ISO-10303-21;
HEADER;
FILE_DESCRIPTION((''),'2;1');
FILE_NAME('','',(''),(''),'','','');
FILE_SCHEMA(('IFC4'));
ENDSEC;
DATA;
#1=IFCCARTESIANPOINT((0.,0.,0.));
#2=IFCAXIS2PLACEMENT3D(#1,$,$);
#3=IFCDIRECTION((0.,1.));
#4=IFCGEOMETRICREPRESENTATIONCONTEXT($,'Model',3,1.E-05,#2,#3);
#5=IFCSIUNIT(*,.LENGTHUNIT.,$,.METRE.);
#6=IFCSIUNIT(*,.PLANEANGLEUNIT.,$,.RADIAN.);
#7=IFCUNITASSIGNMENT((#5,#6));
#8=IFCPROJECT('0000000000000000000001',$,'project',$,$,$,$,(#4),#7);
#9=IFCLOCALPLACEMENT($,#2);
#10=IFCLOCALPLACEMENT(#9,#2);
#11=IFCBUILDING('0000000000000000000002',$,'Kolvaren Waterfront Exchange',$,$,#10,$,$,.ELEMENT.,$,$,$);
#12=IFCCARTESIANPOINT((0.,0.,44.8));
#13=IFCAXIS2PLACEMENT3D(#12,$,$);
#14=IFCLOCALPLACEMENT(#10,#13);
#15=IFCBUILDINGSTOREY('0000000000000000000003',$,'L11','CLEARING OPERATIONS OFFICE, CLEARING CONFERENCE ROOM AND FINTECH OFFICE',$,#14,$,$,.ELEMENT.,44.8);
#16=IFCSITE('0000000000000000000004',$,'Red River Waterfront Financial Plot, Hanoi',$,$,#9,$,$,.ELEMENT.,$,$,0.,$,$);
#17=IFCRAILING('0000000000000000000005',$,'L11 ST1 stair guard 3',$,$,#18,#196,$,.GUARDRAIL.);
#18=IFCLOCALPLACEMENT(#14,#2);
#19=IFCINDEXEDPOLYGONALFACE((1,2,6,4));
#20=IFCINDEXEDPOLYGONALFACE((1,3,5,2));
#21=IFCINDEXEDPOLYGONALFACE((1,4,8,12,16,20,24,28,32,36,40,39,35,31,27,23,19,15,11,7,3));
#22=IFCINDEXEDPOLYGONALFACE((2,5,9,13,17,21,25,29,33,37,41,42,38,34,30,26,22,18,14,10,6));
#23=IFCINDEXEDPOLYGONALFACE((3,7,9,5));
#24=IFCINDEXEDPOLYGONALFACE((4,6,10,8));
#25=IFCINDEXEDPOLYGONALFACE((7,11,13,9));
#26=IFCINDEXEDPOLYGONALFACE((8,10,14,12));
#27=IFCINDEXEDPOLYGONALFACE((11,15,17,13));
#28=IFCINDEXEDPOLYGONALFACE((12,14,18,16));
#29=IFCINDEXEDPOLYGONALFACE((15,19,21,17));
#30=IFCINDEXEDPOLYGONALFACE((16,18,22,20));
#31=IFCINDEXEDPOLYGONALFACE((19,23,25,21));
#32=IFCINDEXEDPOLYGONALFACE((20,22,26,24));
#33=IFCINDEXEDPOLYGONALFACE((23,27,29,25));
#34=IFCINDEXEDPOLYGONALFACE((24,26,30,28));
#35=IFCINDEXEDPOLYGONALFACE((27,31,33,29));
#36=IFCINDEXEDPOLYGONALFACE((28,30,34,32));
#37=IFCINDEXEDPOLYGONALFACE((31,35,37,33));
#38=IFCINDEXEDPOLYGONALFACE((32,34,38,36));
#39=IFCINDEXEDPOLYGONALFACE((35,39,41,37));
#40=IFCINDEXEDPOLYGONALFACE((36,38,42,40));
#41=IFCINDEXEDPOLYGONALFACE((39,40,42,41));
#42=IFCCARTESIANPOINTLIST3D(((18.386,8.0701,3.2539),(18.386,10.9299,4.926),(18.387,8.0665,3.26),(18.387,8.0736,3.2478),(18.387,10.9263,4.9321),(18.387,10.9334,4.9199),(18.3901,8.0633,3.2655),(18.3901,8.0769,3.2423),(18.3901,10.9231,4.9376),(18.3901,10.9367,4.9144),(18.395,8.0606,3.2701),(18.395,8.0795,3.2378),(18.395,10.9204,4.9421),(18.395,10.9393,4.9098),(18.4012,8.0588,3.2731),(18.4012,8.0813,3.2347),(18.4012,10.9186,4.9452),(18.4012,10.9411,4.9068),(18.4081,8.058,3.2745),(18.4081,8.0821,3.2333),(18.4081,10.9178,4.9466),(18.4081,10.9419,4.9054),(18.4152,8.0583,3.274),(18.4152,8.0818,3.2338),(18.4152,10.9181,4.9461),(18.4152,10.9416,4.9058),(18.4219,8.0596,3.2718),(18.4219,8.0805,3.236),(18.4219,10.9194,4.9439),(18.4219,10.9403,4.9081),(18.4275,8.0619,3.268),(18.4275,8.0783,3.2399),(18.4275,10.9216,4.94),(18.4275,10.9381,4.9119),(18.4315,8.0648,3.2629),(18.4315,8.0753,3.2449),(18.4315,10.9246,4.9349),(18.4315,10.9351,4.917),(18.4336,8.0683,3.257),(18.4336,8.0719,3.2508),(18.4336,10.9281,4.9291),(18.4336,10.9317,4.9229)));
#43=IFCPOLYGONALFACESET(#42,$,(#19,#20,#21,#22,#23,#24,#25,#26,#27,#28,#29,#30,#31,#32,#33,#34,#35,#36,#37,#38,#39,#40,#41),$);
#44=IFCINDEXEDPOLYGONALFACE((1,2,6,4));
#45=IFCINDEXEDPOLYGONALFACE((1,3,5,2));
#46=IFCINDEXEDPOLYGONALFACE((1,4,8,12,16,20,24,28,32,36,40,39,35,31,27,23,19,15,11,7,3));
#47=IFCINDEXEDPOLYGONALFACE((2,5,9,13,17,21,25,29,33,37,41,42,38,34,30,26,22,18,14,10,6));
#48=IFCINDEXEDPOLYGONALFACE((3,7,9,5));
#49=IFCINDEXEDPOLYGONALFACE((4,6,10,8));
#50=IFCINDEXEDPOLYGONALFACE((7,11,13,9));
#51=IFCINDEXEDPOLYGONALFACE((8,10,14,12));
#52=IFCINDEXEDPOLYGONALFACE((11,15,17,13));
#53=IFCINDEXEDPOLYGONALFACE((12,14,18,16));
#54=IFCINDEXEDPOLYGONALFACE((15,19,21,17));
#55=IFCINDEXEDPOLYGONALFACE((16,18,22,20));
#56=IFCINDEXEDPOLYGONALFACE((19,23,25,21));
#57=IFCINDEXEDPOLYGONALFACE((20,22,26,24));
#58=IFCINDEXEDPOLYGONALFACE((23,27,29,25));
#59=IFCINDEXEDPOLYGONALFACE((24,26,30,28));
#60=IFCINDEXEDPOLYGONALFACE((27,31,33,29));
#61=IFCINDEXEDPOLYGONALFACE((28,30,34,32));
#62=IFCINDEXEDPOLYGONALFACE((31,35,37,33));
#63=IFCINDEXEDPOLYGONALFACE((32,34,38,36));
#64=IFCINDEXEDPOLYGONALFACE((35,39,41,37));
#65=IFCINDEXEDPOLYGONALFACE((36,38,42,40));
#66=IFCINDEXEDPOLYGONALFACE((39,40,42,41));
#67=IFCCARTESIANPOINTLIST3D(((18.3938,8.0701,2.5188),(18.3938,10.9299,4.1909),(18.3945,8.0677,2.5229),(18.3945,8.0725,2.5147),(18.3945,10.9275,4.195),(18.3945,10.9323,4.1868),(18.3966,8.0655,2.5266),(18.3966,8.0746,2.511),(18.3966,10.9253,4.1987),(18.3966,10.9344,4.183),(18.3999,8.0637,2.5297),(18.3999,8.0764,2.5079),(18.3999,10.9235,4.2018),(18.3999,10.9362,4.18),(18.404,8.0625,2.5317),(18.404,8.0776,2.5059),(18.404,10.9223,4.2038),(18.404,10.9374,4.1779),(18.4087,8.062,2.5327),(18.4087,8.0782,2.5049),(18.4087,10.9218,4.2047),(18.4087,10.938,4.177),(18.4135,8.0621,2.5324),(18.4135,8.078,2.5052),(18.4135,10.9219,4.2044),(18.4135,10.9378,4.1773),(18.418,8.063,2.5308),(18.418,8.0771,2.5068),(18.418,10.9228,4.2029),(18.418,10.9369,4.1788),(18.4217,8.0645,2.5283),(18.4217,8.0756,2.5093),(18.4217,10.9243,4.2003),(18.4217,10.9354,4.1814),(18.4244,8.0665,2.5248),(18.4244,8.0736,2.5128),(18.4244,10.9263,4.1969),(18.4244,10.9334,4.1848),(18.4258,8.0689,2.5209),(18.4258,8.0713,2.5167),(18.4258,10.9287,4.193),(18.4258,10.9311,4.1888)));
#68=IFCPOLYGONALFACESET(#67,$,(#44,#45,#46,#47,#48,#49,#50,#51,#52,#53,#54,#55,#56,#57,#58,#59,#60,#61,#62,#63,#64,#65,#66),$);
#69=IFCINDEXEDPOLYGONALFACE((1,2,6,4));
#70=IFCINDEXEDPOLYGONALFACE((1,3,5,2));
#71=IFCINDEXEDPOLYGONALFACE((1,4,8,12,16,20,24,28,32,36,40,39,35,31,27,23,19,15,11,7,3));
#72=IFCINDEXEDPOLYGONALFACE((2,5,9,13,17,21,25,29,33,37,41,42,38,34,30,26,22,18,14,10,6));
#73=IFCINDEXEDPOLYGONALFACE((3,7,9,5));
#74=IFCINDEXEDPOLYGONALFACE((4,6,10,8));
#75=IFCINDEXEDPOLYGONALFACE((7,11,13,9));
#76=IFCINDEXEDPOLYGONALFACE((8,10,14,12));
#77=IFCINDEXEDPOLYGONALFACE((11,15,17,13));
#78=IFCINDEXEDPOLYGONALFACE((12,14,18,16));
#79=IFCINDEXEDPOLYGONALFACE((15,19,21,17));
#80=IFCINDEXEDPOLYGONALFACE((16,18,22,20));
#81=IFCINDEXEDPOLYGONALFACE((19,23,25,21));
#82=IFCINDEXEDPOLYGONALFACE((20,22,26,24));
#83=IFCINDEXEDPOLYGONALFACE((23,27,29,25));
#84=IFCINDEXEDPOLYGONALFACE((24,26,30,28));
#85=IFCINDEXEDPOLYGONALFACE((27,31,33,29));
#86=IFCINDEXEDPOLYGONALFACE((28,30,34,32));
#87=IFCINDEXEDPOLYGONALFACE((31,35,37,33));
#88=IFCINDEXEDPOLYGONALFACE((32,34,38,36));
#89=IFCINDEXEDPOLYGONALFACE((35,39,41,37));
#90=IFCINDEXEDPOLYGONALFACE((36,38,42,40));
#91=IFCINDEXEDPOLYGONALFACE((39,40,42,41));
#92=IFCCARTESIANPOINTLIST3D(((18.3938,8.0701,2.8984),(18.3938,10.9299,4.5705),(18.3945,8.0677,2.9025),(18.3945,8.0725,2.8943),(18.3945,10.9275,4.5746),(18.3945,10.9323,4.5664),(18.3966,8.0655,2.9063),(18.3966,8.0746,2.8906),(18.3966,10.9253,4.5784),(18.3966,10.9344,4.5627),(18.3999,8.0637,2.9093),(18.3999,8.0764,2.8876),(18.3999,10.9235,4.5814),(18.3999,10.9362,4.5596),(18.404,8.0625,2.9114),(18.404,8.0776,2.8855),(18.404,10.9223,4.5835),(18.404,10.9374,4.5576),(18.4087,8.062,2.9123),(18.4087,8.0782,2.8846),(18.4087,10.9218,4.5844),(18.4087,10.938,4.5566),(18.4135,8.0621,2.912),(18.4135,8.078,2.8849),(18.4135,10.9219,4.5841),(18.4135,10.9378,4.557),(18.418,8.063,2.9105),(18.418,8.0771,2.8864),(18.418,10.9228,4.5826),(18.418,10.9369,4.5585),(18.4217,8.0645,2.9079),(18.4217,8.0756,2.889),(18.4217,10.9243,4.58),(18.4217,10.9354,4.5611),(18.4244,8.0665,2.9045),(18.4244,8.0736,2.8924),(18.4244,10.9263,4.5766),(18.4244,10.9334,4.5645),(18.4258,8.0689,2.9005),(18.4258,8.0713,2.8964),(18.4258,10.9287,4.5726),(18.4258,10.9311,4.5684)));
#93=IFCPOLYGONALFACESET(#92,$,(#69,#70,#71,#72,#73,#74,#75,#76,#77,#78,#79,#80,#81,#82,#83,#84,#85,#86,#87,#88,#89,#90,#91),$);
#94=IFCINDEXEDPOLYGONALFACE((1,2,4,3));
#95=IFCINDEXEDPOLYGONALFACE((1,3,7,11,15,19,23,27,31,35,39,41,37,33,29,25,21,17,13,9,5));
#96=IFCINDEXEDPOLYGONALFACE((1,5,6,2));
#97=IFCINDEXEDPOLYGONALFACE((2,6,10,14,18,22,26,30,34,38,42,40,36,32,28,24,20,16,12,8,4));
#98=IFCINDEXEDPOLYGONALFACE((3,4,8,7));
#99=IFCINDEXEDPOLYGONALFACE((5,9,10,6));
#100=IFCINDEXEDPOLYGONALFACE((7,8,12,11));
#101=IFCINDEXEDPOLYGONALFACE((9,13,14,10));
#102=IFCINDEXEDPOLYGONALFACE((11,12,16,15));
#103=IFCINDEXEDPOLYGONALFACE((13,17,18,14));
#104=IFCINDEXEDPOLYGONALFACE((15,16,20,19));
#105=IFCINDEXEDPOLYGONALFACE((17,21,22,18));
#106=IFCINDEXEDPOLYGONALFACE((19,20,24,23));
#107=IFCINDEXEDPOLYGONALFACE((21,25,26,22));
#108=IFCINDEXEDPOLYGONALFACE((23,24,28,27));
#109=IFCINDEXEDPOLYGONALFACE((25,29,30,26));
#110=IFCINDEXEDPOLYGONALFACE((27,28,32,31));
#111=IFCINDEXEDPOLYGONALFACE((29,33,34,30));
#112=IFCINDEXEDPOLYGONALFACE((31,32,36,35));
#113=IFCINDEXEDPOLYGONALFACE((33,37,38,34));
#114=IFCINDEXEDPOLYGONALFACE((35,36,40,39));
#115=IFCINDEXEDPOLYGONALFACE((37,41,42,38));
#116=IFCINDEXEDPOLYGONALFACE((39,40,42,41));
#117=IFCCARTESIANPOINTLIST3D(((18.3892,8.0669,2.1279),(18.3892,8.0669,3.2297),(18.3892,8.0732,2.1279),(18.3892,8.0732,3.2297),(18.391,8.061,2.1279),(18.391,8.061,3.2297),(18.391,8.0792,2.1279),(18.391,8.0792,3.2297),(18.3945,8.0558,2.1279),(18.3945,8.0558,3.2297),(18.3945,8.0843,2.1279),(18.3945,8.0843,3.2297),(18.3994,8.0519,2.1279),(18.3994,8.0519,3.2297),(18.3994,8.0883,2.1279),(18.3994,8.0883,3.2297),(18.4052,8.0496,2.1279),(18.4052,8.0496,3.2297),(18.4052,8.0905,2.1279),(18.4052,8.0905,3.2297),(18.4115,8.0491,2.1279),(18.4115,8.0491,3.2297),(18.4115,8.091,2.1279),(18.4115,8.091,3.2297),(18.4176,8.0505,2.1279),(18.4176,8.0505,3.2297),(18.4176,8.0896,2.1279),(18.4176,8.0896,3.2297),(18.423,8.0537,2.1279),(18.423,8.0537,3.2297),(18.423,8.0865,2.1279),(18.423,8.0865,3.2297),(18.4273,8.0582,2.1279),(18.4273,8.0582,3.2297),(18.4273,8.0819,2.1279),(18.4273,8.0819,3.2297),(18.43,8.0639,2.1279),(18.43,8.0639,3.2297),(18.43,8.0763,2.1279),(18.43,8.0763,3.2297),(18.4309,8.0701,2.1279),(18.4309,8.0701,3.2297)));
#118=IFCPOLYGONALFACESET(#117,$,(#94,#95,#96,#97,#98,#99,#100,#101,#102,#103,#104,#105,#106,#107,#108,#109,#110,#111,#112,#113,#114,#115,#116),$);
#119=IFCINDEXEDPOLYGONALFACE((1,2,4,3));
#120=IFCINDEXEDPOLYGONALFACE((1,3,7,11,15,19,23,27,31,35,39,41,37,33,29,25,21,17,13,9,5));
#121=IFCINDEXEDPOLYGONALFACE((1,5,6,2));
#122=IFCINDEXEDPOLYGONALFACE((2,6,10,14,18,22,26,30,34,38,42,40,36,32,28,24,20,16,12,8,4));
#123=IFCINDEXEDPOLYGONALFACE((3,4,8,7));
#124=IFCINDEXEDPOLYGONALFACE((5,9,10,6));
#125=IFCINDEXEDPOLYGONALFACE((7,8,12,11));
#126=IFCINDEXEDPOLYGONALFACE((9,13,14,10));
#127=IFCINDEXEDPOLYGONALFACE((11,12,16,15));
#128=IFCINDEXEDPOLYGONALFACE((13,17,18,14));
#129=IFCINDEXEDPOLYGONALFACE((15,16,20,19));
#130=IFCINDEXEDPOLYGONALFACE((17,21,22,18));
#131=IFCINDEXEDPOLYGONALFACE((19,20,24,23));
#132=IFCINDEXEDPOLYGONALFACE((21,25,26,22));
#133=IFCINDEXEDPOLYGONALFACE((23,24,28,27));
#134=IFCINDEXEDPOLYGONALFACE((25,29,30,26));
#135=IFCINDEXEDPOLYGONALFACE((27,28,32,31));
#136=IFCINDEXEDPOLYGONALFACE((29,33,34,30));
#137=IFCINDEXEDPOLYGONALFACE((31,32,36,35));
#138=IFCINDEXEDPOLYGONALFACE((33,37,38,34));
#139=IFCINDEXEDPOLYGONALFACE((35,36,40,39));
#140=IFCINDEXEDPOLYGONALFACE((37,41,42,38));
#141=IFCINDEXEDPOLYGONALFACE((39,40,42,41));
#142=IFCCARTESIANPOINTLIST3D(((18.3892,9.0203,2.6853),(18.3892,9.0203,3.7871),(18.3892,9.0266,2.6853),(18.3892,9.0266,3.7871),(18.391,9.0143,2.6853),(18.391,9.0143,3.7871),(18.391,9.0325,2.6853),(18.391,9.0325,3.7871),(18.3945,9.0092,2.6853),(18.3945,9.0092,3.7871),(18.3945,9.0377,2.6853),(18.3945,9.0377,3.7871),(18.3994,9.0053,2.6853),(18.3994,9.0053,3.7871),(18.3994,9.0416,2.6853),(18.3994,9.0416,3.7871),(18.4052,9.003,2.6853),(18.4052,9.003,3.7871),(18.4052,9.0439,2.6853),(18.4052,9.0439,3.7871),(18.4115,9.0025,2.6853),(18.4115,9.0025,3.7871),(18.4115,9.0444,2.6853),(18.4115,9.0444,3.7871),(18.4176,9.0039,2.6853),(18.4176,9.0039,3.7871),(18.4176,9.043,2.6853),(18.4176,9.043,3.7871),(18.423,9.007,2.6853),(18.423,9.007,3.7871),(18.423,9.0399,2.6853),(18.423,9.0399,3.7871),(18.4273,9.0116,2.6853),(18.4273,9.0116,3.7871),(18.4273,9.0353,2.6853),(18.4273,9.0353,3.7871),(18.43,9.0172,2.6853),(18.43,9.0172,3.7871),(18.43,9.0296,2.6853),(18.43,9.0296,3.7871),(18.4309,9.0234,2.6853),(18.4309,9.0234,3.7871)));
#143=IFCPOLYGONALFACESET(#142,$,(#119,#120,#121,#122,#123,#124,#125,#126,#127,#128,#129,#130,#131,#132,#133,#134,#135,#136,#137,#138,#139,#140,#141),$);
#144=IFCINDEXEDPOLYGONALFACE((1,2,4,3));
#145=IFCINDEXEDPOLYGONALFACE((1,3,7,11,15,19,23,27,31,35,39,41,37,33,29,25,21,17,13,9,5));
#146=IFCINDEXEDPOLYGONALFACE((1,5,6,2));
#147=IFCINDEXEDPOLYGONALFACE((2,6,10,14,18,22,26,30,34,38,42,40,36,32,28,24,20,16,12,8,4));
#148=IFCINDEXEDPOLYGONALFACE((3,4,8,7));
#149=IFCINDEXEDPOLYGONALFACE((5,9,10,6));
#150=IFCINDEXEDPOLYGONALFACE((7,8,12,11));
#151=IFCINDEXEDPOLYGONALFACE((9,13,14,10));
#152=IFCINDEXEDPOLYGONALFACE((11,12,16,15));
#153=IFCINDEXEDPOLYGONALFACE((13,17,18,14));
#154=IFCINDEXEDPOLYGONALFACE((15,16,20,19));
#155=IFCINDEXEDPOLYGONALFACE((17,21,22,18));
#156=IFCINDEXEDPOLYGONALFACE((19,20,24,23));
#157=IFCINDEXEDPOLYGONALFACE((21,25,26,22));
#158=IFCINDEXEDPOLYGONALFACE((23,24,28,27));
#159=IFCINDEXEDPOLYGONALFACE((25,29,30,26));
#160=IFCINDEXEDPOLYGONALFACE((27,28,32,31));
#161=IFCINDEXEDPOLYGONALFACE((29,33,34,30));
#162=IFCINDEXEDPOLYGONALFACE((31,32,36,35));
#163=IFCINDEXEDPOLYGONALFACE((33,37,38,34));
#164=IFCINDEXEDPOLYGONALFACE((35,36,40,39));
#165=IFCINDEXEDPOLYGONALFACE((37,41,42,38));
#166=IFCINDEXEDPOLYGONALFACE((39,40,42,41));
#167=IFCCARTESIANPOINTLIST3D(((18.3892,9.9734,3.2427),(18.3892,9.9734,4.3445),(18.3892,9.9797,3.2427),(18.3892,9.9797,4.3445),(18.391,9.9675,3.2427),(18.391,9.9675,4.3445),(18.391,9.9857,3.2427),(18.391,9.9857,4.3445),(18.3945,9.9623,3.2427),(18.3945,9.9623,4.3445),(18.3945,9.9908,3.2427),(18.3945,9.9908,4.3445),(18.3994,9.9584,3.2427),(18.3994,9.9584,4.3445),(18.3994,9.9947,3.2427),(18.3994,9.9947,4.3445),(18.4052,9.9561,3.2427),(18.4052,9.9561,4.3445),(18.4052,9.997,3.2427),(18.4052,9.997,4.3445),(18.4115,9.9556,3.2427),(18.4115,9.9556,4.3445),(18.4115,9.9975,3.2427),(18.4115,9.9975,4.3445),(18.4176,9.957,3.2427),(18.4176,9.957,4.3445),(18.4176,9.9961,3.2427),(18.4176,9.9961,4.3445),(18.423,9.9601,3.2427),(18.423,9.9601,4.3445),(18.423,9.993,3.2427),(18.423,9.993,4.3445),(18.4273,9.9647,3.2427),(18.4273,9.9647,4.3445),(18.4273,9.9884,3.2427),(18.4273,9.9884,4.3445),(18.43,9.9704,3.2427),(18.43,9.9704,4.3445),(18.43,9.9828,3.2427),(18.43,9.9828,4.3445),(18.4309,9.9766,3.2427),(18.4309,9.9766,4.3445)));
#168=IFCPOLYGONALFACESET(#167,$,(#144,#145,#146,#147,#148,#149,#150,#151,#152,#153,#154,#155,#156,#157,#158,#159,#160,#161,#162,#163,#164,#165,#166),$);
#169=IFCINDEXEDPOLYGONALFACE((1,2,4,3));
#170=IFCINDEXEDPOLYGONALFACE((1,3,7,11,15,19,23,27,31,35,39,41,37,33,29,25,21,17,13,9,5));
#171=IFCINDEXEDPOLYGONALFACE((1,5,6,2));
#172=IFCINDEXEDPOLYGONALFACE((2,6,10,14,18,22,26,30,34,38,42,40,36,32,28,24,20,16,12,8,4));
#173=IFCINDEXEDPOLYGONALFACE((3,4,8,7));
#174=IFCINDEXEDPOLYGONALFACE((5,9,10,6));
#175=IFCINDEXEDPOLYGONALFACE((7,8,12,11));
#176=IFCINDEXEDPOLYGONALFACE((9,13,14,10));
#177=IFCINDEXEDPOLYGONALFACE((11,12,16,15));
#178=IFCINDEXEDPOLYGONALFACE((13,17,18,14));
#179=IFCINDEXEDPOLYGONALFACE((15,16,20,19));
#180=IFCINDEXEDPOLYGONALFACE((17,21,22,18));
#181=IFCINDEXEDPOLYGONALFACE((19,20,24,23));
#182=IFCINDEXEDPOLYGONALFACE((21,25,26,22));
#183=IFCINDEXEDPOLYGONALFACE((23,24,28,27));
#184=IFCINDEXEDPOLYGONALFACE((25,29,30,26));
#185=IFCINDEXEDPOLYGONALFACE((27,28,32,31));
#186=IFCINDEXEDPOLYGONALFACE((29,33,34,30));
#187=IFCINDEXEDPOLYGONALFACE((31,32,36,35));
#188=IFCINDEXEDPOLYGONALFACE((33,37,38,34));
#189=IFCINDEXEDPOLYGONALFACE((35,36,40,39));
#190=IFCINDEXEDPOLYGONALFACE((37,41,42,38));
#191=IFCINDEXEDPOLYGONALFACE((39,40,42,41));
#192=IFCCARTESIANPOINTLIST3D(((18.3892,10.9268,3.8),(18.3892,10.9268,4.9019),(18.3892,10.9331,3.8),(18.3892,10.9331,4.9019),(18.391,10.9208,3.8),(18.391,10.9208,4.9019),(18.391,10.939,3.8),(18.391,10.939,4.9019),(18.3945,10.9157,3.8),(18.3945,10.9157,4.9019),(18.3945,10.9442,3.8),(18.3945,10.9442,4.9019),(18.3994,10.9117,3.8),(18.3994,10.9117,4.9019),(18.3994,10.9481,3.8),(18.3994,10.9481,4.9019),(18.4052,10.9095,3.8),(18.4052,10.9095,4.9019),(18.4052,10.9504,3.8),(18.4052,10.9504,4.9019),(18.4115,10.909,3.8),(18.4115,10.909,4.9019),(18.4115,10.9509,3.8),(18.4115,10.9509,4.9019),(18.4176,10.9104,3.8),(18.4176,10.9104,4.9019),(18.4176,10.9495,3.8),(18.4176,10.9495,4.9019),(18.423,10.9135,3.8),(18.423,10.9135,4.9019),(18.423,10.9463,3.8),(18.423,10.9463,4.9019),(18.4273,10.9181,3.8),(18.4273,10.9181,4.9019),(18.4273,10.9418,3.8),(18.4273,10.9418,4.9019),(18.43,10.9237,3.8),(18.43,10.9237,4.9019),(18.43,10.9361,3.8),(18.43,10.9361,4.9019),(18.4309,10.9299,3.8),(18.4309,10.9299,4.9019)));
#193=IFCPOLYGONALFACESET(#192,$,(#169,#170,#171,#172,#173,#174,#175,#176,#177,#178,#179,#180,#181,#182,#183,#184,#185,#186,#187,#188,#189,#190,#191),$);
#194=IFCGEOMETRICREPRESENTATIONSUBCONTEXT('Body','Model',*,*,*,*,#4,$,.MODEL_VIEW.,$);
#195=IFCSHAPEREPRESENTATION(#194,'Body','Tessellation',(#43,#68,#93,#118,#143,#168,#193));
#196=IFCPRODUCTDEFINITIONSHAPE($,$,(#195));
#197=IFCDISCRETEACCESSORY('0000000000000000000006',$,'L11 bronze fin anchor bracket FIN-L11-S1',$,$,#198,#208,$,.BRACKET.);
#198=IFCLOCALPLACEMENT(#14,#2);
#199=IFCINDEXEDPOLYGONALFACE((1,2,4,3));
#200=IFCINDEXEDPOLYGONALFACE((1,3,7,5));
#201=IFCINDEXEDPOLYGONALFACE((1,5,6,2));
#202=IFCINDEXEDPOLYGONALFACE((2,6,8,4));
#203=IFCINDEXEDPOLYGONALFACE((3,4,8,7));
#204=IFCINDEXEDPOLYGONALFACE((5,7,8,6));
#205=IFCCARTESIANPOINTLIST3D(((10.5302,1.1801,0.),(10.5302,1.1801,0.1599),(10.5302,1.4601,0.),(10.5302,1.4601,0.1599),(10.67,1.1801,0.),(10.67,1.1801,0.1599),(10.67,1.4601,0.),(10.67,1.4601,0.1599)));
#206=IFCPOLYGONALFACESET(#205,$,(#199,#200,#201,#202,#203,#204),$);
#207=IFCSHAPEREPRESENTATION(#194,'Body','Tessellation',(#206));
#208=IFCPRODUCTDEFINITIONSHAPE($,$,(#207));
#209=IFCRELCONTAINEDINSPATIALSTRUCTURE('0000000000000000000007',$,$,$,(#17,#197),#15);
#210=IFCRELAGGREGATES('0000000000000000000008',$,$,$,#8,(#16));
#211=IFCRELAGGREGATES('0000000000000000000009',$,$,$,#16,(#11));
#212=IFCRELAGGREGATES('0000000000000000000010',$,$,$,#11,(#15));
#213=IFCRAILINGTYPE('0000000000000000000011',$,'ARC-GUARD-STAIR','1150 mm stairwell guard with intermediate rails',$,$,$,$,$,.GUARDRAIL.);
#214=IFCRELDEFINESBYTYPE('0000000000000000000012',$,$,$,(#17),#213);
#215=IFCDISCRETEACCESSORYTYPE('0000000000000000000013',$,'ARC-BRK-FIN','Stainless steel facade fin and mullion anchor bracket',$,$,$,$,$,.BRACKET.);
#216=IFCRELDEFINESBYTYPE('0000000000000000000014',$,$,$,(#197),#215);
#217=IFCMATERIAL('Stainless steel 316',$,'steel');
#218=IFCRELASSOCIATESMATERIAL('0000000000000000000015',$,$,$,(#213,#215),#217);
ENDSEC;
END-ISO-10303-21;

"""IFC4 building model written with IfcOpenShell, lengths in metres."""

from ifc_helpers import new_model, si_unit, direction, frame, origin, origin_with_axes, origin_2d, place, context, subcontext, project, spatial, rectangle, circle, extrude, source, transform, mapped, material, type_object, element, save


model = new_model("IFC4")

# Units and contexts
model_context = context("Model", 3, precision=1e-05, world=origin(), true_north=direction((0.0, 1.0)))
body_context = subcontext(model_context, "Body", "Model", "MODEL_VIEW")
ifc_project = project(units=[si_unit("LENGTHUNIT", "METRE"), si_unit("PLANEANGLEUNIT", "RADIAN")], contexts=[model_context])

# Site, building, storey
site_placement = place(None, origin())
site = spatial("IfcSite", under=ifc_project, at=site_placement, Name="Red River Waterfront Financial Plot, Hanoi", CompositionType="ELEMENT", RefElevation=0.0)
building_placement = place(site_placement, origin())
building = spatial("IfcBuilding", under=site, at=building_placement, Name="Kolvaren Waterfront Exchange", CompositionType="ELEMENT")
storey_placement = place(building_placement, frame((0.0, 0.0, 44.8)))
storey = spatial("IfcBuildingStorey", under=building, at=storey_placement, Name="L11", Description="CLEARING OPERATIONS OFFICE, CLEARING CONFERENCE ROOM AND FINTECH OFFICE", CompositionType="ELEMENT", Elevation=44.8)

# Railing
ifc_material_1 = material(Name="Stainless steel 316", Category="steel")
railing_type = type_object("IfcRailingType", Name="ARC-GUARD-STAIR", Description="1150 mm stairwell guard with intermediate rails", PredefinedType="GUARDRAIL", material=ifc_material_1)
railing_1_placement = place(storey_placement, frame((18.4099, 8.0701, 2.1279)))
element("IfcRailing", 1, at=railing_1_placement, inside=storey, type_object=railing_type, Name="L11 ST1 stair guard 3", PredefinedType="GUARDRAIL", context=body_context, shape_type="SweptSolid", body=[
    extrude(circle(Radius=0.0239, at=origin_2d()), frame((0.0, 0.0, 1.126), z_axis=(0.0, 0.863271, 0.504741), x_axis=(-1.0, 0.0, 0.0)), (0.0, 0.0, 1.0), 3.3127),
    extrude(circle(Radius=0.0161, at=origin_2d()), frame((0.0, 0.0, 0.3909), z_axis=(0.0, 0.863271, 0.504741), x_axis=(-1.0, 0.0, 0.0)), (0.0, 0.0, 1.0), 3.3127),
    extrude(circle(Radius=0.0161, at=origin_2d()), frame((0.0, 0.0, 0.7705), z_axis=(0.0, 0.863271, 0.504741), x_axis=(-1.0, 0.0, 0.0)), (0.0, 0.0, 1.0), 3.3127),
    extrude(circle(Radius=0.021, at=origin_2d()), origin(), (0.0, 0.0, 1.0), 1.1018),
    extrude(circle(Radius=0.021, at=origin_2d()), frame((0.0, 0.9534, 0.5574)), (0.0, 0.0, 1.0), 1.1018),
    extrude(circle(Radius=0.021, at=origin_2d()), frame((0.0, 1.9065, 1.1147)), (0.0, 0.0, 1.0), 1.1018),
    extrude(circle(Radius=0.021, at=origin_2d()), frame((0.0, 2.8599, 1.6721)), (0.0, 0.0, 1.0), 1.1018),
])

# Discrete accessory
discrete_accessory_type = type_object("IfcDiscreteAccessoryType", Name="ARC-BRK-FIN", Description="Stainless steel facade fin and mullion anchor bracket", PredefinedType="BRACKET", material=ifc_material_1)
shared_shape_1 = source(origin_with_axes(), body_context, "Body", "SweptSolid", [
    extrude(rectangle(XDim=0.28, YDim=0.1399, at=origin_2d()), origin(), (0.0, 0.0, 1.0), 0.1599),
])
for number, where, z_axis, x_axis, name in (
    (2, (10.6001, 1.3201, 0.0), (0.0, 0.0, 1.0), (0.0, -1.0, 0.0), "L11 bronze fin anchor bracket FIN-L11-S1"),
):
    element("IfcDiscreteAccessory", number, at=place(storey_placement, frame(where, z_axis=z_axis, x_axis=x_axis)), inside=storey, type_object=discrete_accessory_type, Name=name, PredefinedType="BRACKET", context=body_context, shape_type="MappedRepresentation", body=[
        mapped(shared_shape_1, transform((0.0, 0.0, 0.0), x_axis=(1.0, 0.0, 0.0), y_axis=(0.0, 1.0, 0.0), z_axis=(0.0, 0.0, 1.0), scale=1.0)),
    ])

save(model, "model.ifc")
